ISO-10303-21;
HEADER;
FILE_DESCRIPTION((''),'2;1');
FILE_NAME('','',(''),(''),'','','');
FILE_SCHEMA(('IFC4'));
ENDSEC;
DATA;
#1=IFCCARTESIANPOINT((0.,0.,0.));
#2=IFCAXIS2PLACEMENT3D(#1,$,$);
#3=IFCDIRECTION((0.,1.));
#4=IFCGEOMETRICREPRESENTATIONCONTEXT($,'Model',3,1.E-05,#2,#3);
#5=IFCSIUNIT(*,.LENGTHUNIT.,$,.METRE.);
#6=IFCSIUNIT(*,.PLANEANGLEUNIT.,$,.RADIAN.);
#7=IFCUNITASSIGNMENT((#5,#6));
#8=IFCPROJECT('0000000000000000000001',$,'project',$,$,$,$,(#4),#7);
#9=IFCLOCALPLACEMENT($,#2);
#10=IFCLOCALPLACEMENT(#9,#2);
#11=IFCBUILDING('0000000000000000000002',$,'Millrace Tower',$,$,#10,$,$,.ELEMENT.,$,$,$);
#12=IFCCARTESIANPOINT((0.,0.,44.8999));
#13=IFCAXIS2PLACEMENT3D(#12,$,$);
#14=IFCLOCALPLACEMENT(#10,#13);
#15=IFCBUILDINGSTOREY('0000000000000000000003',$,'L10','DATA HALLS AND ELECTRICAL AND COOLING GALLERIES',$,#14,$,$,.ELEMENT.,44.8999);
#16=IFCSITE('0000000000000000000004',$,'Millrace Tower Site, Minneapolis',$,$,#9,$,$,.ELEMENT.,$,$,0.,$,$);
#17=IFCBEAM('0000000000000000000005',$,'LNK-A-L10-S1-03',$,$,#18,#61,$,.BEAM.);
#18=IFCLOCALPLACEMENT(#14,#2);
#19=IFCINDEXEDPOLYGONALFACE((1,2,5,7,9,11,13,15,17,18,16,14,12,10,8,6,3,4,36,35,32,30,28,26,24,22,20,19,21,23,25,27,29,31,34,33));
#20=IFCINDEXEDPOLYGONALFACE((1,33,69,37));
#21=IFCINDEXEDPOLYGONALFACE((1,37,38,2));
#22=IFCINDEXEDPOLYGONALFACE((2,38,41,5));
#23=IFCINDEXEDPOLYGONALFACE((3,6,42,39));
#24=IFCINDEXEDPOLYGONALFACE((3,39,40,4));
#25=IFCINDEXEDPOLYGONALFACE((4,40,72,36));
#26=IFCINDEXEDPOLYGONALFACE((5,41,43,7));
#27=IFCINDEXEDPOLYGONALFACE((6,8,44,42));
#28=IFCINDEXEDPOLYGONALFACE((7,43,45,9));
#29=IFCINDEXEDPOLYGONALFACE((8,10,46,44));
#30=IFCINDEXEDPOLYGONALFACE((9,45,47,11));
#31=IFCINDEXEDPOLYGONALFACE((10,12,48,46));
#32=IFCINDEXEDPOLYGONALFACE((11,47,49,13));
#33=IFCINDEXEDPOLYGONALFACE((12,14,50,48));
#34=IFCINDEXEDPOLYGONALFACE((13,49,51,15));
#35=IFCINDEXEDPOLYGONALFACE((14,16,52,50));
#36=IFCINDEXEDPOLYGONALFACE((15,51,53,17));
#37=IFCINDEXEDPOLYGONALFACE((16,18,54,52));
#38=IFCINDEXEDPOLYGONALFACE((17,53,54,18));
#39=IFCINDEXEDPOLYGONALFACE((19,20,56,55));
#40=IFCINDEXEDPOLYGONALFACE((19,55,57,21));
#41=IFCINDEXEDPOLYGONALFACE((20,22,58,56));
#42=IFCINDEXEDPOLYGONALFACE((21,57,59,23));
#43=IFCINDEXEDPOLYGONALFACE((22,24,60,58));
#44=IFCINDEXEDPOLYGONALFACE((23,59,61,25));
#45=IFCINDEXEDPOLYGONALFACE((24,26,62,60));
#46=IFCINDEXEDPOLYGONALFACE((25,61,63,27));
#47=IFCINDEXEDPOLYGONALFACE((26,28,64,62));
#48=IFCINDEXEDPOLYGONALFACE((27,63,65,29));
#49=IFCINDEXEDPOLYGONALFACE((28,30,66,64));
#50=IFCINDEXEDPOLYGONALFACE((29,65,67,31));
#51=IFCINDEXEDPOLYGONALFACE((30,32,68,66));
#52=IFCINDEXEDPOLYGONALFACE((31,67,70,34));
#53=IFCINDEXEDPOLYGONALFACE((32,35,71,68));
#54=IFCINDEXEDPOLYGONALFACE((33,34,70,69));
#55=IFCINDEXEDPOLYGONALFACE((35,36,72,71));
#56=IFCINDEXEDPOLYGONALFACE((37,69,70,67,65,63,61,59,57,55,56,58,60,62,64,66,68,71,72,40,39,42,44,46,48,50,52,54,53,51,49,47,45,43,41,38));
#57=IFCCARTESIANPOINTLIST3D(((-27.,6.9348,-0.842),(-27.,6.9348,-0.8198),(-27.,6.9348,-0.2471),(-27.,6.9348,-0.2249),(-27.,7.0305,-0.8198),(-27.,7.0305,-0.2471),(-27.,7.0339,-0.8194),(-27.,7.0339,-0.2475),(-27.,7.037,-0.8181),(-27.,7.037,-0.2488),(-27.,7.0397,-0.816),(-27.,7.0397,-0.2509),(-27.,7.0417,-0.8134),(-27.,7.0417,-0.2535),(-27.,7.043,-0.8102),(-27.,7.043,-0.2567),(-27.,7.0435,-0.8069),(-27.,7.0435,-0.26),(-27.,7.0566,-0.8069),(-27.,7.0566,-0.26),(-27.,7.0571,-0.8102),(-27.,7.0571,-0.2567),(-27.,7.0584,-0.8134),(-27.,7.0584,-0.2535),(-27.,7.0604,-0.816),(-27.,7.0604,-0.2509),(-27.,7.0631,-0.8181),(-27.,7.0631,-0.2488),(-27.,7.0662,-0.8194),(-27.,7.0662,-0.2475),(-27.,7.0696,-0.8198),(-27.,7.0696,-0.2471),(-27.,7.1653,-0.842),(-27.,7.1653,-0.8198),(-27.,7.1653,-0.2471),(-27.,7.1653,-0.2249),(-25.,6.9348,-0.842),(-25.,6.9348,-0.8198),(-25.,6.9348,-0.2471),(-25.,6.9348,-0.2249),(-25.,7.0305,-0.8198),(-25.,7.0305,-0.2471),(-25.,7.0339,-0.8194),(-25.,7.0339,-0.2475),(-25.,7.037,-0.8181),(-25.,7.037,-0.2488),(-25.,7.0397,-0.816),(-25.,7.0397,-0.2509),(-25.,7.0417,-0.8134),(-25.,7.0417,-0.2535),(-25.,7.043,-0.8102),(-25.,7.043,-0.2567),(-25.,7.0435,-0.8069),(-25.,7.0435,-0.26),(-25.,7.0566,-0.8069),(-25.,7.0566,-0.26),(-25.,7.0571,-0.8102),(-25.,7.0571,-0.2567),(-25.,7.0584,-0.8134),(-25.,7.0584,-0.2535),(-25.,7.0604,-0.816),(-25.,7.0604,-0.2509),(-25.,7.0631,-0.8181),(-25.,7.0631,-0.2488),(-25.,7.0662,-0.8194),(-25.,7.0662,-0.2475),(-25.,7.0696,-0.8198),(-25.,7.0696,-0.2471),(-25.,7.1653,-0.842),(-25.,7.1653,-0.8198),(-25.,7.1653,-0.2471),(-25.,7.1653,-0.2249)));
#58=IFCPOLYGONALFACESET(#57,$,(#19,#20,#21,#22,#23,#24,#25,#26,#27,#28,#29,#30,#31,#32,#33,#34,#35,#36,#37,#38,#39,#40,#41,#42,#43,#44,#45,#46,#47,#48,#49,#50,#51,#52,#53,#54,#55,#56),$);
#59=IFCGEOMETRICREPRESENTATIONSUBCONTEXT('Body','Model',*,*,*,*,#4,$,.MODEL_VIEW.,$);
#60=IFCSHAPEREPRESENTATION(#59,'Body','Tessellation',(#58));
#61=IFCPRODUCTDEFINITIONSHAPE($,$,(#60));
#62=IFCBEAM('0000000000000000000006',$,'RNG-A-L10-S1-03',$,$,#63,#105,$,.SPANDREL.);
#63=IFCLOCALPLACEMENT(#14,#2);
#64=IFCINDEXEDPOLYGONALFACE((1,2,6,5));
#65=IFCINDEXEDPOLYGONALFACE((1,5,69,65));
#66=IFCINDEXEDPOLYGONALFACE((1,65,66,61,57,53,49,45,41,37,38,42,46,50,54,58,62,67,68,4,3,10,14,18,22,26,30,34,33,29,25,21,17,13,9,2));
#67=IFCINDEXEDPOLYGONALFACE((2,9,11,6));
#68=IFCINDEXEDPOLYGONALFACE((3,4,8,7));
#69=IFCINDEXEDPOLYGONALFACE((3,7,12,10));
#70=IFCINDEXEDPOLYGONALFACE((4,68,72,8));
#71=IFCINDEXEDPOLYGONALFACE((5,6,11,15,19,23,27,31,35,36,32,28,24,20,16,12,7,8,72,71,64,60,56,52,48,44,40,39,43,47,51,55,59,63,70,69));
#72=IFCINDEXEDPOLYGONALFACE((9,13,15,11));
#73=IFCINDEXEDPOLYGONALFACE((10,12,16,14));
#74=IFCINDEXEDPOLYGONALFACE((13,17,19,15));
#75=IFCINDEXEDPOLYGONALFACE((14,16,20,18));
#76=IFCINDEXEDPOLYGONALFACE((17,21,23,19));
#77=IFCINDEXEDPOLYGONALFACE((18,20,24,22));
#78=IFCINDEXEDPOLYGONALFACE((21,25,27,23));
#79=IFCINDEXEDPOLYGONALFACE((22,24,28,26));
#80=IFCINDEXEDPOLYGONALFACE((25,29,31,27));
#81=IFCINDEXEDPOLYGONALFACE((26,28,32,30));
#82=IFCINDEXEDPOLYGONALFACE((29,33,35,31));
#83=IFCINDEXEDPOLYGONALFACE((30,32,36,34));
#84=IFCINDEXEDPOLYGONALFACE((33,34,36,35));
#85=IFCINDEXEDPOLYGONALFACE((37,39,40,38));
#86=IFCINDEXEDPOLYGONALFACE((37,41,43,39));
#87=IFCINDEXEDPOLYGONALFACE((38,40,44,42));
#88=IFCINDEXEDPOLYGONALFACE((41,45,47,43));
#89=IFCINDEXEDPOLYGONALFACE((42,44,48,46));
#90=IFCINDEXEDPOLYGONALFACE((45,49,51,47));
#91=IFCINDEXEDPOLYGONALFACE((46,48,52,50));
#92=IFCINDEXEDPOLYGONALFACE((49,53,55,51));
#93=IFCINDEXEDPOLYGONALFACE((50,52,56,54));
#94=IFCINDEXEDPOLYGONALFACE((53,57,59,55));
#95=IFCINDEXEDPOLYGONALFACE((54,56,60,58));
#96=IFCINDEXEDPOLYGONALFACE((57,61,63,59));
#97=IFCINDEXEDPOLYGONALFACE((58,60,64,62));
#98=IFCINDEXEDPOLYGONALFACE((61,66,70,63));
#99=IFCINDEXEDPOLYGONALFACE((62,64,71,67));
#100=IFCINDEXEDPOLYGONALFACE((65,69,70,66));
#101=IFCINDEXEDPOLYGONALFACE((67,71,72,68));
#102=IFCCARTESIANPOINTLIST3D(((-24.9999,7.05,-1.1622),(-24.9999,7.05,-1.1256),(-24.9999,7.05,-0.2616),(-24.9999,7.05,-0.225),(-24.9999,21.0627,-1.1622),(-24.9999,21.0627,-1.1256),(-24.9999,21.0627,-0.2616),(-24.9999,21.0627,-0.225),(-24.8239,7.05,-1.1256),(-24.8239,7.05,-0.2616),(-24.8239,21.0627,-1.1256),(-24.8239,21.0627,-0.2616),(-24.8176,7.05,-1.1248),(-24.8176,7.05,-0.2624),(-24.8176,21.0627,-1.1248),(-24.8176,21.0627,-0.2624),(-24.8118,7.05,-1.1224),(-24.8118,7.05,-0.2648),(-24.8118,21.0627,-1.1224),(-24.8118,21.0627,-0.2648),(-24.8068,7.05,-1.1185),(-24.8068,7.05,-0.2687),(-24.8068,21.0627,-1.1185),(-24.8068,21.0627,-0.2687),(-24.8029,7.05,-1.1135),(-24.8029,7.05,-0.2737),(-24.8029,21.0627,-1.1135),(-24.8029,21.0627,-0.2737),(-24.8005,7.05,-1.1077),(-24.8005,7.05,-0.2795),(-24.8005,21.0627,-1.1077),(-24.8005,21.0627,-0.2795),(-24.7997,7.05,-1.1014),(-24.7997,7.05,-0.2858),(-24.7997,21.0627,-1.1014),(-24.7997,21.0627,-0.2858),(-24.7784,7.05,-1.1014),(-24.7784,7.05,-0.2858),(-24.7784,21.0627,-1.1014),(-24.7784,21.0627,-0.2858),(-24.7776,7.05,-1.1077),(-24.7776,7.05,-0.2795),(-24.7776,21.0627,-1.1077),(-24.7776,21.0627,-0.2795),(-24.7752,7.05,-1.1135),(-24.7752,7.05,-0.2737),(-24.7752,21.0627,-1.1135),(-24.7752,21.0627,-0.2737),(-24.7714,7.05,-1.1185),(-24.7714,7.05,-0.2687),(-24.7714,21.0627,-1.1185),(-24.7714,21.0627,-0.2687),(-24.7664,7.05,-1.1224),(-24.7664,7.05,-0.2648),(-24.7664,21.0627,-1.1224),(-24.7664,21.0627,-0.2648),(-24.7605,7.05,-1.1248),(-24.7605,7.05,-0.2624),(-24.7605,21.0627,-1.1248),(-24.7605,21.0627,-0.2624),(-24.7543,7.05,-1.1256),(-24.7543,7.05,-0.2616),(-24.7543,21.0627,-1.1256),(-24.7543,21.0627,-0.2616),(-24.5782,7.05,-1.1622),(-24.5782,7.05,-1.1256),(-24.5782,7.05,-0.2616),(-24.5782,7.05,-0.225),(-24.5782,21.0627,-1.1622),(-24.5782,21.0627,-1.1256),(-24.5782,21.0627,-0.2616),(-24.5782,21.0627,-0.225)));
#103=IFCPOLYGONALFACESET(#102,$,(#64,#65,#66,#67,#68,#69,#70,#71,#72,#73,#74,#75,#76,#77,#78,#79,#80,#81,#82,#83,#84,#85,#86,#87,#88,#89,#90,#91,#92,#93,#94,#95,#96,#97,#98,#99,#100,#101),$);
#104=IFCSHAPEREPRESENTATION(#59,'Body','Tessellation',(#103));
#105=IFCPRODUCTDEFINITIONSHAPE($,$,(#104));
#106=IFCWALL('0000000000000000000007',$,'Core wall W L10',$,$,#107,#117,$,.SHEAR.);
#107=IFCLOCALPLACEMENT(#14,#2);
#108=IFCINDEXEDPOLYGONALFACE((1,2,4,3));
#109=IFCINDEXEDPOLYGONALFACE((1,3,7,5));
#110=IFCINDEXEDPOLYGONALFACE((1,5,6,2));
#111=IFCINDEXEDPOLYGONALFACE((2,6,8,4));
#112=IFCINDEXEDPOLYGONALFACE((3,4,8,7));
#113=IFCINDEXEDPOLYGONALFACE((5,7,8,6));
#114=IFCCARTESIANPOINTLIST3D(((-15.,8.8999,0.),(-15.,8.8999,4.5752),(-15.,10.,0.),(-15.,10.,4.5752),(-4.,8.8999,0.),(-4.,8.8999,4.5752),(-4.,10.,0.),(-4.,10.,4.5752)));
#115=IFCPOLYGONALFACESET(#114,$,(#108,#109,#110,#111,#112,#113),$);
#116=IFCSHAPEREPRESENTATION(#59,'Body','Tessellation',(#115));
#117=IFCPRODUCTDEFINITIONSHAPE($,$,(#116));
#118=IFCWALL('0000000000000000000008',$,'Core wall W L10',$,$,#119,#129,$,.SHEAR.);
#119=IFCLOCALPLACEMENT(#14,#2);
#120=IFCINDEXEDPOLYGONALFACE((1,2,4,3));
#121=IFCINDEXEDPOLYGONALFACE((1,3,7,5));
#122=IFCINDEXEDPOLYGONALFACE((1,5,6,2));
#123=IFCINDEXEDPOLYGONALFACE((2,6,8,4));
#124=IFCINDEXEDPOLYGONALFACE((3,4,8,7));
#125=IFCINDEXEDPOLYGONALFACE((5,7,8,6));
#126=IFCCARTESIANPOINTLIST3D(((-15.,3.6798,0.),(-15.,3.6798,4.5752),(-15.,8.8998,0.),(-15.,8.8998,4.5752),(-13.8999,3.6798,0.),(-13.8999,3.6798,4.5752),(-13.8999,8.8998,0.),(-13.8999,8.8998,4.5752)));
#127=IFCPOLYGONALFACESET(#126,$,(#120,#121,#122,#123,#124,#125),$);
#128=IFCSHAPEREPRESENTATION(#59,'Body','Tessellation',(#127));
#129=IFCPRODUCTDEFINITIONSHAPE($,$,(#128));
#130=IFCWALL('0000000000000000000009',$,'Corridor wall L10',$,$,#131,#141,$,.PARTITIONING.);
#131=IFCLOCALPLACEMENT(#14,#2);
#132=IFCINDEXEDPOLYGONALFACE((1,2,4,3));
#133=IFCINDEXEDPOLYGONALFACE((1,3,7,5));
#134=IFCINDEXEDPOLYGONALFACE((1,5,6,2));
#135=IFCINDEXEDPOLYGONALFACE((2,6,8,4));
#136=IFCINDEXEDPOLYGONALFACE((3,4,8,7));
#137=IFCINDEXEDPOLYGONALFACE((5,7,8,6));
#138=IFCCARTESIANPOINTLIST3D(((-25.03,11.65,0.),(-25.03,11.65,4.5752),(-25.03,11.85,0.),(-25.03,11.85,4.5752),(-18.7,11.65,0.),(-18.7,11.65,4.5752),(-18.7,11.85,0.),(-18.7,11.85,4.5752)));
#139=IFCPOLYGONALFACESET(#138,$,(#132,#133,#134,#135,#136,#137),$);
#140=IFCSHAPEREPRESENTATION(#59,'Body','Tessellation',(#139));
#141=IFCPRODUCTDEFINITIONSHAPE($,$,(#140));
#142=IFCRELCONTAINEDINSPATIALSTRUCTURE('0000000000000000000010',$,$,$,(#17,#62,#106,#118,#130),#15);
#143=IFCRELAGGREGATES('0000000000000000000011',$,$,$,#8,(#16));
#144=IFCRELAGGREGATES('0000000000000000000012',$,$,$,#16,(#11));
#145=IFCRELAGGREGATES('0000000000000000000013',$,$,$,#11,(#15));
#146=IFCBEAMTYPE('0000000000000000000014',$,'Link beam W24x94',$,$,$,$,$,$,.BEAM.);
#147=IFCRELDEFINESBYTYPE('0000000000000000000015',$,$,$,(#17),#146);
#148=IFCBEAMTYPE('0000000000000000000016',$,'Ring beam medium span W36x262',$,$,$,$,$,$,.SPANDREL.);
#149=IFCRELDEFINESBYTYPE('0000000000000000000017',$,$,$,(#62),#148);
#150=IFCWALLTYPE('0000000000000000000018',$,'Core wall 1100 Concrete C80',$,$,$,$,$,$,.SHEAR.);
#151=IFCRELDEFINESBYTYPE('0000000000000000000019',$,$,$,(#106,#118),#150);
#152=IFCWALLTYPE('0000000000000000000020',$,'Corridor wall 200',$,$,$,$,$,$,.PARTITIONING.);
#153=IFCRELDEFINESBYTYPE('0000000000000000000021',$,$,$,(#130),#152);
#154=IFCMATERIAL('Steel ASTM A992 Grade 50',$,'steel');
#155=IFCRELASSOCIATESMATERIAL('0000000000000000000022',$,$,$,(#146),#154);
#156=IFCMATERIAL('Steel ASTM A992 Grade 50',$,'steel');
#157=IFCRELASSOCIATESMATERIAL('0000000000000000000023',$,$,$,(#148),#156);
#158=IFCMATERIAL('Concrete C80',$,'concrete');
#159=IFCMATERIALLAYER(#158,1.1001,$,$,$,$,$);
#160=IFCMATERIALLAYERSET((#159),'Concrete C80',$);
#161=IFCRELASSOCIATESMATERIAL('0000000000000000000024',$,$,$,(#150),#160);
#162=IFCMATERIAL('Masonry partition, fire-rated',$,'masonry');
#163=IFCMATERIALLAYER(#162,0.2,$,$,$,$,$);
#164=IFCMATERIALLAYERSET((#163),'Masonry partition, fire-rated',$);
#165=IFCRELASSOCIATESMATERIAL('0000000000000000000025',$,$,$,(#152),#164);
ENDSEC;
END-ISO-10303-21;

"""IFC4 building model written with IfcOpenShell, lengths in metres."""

from ifc_helpers import new_model, si_unit, direction, frame, frame_2d, origin, origin_2d, place, context, subcontext, project, spatial, rectangle, i_section, extrude, material, layer, layer_set, material_profile, profile_set, type_object, element, save


model = new_model("IFC4")

# Units and contexts
model_context = context("Model", 3, precision=1e-05, world=origin(), true_north=direction((0.0, 1.0)))
body_context = subcontext(model_context, "Body", "Model", "MODEL_VIEW")
ifc_project = project(units=[si_unit("LENGTHUNIT", "METRE"), si_unit("PLANEANGLEUNIT", "RADIAN")], contexts=[model_context])

# Site, building, storey
site_placement = place(None, origin())
site = spatial("IfcSite", under=ifc_project, at=site_placement, Name="Millrace Tower Site, Minneapolis", CompositionType="ELEMENT", RefElevation=0.0)
building_placement = place(site_placement, origin())
building = spatial("IfcBuilding", under=site, at=building_placement, Name="Millrace Tower", CompositionType="ELEMENT")
storey_placement = place(building_placement, frame((0.0, 0.0, 44.8999)))
storey = spatial("IfcBuildingStorey", under=building, at=storey_placement, Name="L10", Description="DATA HALLS AND ELECTRICAL AND COOLING GALLERIES", CompositionType="ELEMENT", Elevation=44.8999)

# Beams
ifc_material_1 = material(Name="Steel ASTM A992 Grade 50", Category="steel")
ifc_material_profile_1 = material_profile(ifc_material_1, i_section(OverallWidth=0.2305, OverallDepth=0.6172, WebThickness=0.0132, FlangeThickness=0.0222, FilletRadius=0.0129, at=origin_2d()))
ifc_profile_set_1 = profile_set([ifc_material_profile_1], Name="Steel ASTM A992 Grade 50")
beam_type_1 = type_object("IfcBeamType", Name="Link beam W24x94", PredefinedType="BEAM", material=ifc_profile_set_1)
beam_1_placement = place(storey_placement, frame((-25.0, 7.05, -0.5334), z_axis=(-1.0, 0.0, 0.0), x_axis=(0.0, -1.0, 0.0)))
element("IfcBeam", 1, at=beam_1_placement, inside=storey, type_object=beam_type_1, Name="LNK-A-L10-S1-03", PredefinedType="BEAM", context=body_context, shape_type="SweptSolid", body=[
    extrude(i_section(OverallWidth=0.2305, OverallDepth=0.6172, WebThickness=0.0132, FlangeThickness=0.0222, FilletRadius=0.0129, at=origin_2d()), origin(), (0.0, 0.0, 1.0), 2.0),
])
ifc_material_2 = material(Name="Steel ASTM A992 Grade 50", Category="steel")
ifc_material_profile_2 = material_profile(ifc_material_2, i_section(OverallWidth=0.4216, OverallDepth=0.9373, WebThickness=0.0212, FlangeThickness=0.0366, FilletRadius=0.0242, at=origin_2d()))
ifc_profile_set_2 = profile_set([ifc_material_profile_2], Name="Steel ASTM A992 Grade 50")
beam_type_2 = type_object("IfcBeamType", Name="Ring beam medium span W36x262", PredefinedType="SPANDREL", material=ifc_profile_set_2)
beam_2_placement = place(storey_placement, frame((-24.7891, 7.05, -0.6936), z_axis=(0.0, 1.0, 0.0), x_axis=(-1.0, 0.0, 0.0)))
element("IfcBeam", 2, at=beam_2_placement, inside=storey, type_object=beam_type_2, Name="RNG-A-L10-S1-03", PredefinedType="SPANDREL", context=body_context, shape_type="SweptSolid", body=[
    extrude(i_section(OverallWidth=0.4216, OverallDepth=0.9373, WebThickness=0.0212, FlangeThickness=0.0366, FilletRadius=0.0242, at=origin_2d()), origin(), (0.0, 0.0, 1.0), 14.0127),
])

# Walls
ifc_material_3 = material(Name="Concrete C80", Category="concrete")
ifc_layer_1 = layer(ifc_material_3, 1.1001)
ifc_layer_set_1 = layer_set([ifc_layer_1], Name="Concrete C80")
wall_type_1 = type_object("IfcWallType", Name="Core wall 1100 Concrete C80", PredefinedType="SHEAR", material=ifc_layer_set_1)
wall_1_placement = place(storey_placement, frame((-15.0, 9.45, 0.0), z_axis=(0.0, 0.0, 1.0), x_axis=(1.0, 0.0, 0.0)))
element("IfcWall", 3, at=wall_1_placement, inside=storey, type_object=wall_type_1, Name="Core wall W L10", PredefinedType="SHEAR", context=body_context, shape_type="SweptSolid", body=[
    extrude(rectangle(XDim=11.0, YDim=1.1001, at=frame_2d((5.5, 0.0))), origin(), (0.0, 0.0, 1.0), 4.5752),
])
wall_2_placement = place(storey_placement, frame((-14.45, 3.6799, 0.0), z_axis=(0.0, 0.0, 1.0), x_axis=(0.0, 1.0, 0.0)))
element("IfcWall", 4, at=wall_2_placement, inside=storey, type_object=wall_type_1, Name="Core wall W L10", PredefinedType="SHEAR", context=body_context, shape_type="SweptSolid", body=[
    extrude(rectangle(XDim=5.22, YDim=1.1001, at=frame_2d((2.6099, 0.0))), origin(), (0.0, 0.0, 1.0), 4.5752),
])
ifc_material_4 = material(Name="Masonry partition, fire-rated", Category="masonry")
ifc_layer_2 = layer(ifc_material_4, 0.2)
ifc_layer_set_2 = layer_set([ifc_layer_2], Name="Masonry partition, fire-rated")
wall_type_2 = type_object("IfcWallType", Name="Corridor wall 200", PredefinedType="PARTITIONING", material=ifc_layer_set_2)
wall_3_placement = place(storey_placement, frame((-25.03, 11.75, 0.0), z_axis=(0.0, 0.0, 1.0), x_axis=(1.0, 0.0, 0.0)))
element("IfcWall", 5, at=wall_3_placement, inside=storey, type_object=wall_type_2, Name="Corridor wall L10", PredefinedType="PARTITIONING", context=body_context, shape_type="SweptSolid", body=[
    extrude(rectangle(XDim=6.3301, YDim=0.2, at=frame_2d((3.165, 0.0))), origin(), (0.0, 0.0, 1.0), 4.5752),
])

save(model, "model.ifc")
